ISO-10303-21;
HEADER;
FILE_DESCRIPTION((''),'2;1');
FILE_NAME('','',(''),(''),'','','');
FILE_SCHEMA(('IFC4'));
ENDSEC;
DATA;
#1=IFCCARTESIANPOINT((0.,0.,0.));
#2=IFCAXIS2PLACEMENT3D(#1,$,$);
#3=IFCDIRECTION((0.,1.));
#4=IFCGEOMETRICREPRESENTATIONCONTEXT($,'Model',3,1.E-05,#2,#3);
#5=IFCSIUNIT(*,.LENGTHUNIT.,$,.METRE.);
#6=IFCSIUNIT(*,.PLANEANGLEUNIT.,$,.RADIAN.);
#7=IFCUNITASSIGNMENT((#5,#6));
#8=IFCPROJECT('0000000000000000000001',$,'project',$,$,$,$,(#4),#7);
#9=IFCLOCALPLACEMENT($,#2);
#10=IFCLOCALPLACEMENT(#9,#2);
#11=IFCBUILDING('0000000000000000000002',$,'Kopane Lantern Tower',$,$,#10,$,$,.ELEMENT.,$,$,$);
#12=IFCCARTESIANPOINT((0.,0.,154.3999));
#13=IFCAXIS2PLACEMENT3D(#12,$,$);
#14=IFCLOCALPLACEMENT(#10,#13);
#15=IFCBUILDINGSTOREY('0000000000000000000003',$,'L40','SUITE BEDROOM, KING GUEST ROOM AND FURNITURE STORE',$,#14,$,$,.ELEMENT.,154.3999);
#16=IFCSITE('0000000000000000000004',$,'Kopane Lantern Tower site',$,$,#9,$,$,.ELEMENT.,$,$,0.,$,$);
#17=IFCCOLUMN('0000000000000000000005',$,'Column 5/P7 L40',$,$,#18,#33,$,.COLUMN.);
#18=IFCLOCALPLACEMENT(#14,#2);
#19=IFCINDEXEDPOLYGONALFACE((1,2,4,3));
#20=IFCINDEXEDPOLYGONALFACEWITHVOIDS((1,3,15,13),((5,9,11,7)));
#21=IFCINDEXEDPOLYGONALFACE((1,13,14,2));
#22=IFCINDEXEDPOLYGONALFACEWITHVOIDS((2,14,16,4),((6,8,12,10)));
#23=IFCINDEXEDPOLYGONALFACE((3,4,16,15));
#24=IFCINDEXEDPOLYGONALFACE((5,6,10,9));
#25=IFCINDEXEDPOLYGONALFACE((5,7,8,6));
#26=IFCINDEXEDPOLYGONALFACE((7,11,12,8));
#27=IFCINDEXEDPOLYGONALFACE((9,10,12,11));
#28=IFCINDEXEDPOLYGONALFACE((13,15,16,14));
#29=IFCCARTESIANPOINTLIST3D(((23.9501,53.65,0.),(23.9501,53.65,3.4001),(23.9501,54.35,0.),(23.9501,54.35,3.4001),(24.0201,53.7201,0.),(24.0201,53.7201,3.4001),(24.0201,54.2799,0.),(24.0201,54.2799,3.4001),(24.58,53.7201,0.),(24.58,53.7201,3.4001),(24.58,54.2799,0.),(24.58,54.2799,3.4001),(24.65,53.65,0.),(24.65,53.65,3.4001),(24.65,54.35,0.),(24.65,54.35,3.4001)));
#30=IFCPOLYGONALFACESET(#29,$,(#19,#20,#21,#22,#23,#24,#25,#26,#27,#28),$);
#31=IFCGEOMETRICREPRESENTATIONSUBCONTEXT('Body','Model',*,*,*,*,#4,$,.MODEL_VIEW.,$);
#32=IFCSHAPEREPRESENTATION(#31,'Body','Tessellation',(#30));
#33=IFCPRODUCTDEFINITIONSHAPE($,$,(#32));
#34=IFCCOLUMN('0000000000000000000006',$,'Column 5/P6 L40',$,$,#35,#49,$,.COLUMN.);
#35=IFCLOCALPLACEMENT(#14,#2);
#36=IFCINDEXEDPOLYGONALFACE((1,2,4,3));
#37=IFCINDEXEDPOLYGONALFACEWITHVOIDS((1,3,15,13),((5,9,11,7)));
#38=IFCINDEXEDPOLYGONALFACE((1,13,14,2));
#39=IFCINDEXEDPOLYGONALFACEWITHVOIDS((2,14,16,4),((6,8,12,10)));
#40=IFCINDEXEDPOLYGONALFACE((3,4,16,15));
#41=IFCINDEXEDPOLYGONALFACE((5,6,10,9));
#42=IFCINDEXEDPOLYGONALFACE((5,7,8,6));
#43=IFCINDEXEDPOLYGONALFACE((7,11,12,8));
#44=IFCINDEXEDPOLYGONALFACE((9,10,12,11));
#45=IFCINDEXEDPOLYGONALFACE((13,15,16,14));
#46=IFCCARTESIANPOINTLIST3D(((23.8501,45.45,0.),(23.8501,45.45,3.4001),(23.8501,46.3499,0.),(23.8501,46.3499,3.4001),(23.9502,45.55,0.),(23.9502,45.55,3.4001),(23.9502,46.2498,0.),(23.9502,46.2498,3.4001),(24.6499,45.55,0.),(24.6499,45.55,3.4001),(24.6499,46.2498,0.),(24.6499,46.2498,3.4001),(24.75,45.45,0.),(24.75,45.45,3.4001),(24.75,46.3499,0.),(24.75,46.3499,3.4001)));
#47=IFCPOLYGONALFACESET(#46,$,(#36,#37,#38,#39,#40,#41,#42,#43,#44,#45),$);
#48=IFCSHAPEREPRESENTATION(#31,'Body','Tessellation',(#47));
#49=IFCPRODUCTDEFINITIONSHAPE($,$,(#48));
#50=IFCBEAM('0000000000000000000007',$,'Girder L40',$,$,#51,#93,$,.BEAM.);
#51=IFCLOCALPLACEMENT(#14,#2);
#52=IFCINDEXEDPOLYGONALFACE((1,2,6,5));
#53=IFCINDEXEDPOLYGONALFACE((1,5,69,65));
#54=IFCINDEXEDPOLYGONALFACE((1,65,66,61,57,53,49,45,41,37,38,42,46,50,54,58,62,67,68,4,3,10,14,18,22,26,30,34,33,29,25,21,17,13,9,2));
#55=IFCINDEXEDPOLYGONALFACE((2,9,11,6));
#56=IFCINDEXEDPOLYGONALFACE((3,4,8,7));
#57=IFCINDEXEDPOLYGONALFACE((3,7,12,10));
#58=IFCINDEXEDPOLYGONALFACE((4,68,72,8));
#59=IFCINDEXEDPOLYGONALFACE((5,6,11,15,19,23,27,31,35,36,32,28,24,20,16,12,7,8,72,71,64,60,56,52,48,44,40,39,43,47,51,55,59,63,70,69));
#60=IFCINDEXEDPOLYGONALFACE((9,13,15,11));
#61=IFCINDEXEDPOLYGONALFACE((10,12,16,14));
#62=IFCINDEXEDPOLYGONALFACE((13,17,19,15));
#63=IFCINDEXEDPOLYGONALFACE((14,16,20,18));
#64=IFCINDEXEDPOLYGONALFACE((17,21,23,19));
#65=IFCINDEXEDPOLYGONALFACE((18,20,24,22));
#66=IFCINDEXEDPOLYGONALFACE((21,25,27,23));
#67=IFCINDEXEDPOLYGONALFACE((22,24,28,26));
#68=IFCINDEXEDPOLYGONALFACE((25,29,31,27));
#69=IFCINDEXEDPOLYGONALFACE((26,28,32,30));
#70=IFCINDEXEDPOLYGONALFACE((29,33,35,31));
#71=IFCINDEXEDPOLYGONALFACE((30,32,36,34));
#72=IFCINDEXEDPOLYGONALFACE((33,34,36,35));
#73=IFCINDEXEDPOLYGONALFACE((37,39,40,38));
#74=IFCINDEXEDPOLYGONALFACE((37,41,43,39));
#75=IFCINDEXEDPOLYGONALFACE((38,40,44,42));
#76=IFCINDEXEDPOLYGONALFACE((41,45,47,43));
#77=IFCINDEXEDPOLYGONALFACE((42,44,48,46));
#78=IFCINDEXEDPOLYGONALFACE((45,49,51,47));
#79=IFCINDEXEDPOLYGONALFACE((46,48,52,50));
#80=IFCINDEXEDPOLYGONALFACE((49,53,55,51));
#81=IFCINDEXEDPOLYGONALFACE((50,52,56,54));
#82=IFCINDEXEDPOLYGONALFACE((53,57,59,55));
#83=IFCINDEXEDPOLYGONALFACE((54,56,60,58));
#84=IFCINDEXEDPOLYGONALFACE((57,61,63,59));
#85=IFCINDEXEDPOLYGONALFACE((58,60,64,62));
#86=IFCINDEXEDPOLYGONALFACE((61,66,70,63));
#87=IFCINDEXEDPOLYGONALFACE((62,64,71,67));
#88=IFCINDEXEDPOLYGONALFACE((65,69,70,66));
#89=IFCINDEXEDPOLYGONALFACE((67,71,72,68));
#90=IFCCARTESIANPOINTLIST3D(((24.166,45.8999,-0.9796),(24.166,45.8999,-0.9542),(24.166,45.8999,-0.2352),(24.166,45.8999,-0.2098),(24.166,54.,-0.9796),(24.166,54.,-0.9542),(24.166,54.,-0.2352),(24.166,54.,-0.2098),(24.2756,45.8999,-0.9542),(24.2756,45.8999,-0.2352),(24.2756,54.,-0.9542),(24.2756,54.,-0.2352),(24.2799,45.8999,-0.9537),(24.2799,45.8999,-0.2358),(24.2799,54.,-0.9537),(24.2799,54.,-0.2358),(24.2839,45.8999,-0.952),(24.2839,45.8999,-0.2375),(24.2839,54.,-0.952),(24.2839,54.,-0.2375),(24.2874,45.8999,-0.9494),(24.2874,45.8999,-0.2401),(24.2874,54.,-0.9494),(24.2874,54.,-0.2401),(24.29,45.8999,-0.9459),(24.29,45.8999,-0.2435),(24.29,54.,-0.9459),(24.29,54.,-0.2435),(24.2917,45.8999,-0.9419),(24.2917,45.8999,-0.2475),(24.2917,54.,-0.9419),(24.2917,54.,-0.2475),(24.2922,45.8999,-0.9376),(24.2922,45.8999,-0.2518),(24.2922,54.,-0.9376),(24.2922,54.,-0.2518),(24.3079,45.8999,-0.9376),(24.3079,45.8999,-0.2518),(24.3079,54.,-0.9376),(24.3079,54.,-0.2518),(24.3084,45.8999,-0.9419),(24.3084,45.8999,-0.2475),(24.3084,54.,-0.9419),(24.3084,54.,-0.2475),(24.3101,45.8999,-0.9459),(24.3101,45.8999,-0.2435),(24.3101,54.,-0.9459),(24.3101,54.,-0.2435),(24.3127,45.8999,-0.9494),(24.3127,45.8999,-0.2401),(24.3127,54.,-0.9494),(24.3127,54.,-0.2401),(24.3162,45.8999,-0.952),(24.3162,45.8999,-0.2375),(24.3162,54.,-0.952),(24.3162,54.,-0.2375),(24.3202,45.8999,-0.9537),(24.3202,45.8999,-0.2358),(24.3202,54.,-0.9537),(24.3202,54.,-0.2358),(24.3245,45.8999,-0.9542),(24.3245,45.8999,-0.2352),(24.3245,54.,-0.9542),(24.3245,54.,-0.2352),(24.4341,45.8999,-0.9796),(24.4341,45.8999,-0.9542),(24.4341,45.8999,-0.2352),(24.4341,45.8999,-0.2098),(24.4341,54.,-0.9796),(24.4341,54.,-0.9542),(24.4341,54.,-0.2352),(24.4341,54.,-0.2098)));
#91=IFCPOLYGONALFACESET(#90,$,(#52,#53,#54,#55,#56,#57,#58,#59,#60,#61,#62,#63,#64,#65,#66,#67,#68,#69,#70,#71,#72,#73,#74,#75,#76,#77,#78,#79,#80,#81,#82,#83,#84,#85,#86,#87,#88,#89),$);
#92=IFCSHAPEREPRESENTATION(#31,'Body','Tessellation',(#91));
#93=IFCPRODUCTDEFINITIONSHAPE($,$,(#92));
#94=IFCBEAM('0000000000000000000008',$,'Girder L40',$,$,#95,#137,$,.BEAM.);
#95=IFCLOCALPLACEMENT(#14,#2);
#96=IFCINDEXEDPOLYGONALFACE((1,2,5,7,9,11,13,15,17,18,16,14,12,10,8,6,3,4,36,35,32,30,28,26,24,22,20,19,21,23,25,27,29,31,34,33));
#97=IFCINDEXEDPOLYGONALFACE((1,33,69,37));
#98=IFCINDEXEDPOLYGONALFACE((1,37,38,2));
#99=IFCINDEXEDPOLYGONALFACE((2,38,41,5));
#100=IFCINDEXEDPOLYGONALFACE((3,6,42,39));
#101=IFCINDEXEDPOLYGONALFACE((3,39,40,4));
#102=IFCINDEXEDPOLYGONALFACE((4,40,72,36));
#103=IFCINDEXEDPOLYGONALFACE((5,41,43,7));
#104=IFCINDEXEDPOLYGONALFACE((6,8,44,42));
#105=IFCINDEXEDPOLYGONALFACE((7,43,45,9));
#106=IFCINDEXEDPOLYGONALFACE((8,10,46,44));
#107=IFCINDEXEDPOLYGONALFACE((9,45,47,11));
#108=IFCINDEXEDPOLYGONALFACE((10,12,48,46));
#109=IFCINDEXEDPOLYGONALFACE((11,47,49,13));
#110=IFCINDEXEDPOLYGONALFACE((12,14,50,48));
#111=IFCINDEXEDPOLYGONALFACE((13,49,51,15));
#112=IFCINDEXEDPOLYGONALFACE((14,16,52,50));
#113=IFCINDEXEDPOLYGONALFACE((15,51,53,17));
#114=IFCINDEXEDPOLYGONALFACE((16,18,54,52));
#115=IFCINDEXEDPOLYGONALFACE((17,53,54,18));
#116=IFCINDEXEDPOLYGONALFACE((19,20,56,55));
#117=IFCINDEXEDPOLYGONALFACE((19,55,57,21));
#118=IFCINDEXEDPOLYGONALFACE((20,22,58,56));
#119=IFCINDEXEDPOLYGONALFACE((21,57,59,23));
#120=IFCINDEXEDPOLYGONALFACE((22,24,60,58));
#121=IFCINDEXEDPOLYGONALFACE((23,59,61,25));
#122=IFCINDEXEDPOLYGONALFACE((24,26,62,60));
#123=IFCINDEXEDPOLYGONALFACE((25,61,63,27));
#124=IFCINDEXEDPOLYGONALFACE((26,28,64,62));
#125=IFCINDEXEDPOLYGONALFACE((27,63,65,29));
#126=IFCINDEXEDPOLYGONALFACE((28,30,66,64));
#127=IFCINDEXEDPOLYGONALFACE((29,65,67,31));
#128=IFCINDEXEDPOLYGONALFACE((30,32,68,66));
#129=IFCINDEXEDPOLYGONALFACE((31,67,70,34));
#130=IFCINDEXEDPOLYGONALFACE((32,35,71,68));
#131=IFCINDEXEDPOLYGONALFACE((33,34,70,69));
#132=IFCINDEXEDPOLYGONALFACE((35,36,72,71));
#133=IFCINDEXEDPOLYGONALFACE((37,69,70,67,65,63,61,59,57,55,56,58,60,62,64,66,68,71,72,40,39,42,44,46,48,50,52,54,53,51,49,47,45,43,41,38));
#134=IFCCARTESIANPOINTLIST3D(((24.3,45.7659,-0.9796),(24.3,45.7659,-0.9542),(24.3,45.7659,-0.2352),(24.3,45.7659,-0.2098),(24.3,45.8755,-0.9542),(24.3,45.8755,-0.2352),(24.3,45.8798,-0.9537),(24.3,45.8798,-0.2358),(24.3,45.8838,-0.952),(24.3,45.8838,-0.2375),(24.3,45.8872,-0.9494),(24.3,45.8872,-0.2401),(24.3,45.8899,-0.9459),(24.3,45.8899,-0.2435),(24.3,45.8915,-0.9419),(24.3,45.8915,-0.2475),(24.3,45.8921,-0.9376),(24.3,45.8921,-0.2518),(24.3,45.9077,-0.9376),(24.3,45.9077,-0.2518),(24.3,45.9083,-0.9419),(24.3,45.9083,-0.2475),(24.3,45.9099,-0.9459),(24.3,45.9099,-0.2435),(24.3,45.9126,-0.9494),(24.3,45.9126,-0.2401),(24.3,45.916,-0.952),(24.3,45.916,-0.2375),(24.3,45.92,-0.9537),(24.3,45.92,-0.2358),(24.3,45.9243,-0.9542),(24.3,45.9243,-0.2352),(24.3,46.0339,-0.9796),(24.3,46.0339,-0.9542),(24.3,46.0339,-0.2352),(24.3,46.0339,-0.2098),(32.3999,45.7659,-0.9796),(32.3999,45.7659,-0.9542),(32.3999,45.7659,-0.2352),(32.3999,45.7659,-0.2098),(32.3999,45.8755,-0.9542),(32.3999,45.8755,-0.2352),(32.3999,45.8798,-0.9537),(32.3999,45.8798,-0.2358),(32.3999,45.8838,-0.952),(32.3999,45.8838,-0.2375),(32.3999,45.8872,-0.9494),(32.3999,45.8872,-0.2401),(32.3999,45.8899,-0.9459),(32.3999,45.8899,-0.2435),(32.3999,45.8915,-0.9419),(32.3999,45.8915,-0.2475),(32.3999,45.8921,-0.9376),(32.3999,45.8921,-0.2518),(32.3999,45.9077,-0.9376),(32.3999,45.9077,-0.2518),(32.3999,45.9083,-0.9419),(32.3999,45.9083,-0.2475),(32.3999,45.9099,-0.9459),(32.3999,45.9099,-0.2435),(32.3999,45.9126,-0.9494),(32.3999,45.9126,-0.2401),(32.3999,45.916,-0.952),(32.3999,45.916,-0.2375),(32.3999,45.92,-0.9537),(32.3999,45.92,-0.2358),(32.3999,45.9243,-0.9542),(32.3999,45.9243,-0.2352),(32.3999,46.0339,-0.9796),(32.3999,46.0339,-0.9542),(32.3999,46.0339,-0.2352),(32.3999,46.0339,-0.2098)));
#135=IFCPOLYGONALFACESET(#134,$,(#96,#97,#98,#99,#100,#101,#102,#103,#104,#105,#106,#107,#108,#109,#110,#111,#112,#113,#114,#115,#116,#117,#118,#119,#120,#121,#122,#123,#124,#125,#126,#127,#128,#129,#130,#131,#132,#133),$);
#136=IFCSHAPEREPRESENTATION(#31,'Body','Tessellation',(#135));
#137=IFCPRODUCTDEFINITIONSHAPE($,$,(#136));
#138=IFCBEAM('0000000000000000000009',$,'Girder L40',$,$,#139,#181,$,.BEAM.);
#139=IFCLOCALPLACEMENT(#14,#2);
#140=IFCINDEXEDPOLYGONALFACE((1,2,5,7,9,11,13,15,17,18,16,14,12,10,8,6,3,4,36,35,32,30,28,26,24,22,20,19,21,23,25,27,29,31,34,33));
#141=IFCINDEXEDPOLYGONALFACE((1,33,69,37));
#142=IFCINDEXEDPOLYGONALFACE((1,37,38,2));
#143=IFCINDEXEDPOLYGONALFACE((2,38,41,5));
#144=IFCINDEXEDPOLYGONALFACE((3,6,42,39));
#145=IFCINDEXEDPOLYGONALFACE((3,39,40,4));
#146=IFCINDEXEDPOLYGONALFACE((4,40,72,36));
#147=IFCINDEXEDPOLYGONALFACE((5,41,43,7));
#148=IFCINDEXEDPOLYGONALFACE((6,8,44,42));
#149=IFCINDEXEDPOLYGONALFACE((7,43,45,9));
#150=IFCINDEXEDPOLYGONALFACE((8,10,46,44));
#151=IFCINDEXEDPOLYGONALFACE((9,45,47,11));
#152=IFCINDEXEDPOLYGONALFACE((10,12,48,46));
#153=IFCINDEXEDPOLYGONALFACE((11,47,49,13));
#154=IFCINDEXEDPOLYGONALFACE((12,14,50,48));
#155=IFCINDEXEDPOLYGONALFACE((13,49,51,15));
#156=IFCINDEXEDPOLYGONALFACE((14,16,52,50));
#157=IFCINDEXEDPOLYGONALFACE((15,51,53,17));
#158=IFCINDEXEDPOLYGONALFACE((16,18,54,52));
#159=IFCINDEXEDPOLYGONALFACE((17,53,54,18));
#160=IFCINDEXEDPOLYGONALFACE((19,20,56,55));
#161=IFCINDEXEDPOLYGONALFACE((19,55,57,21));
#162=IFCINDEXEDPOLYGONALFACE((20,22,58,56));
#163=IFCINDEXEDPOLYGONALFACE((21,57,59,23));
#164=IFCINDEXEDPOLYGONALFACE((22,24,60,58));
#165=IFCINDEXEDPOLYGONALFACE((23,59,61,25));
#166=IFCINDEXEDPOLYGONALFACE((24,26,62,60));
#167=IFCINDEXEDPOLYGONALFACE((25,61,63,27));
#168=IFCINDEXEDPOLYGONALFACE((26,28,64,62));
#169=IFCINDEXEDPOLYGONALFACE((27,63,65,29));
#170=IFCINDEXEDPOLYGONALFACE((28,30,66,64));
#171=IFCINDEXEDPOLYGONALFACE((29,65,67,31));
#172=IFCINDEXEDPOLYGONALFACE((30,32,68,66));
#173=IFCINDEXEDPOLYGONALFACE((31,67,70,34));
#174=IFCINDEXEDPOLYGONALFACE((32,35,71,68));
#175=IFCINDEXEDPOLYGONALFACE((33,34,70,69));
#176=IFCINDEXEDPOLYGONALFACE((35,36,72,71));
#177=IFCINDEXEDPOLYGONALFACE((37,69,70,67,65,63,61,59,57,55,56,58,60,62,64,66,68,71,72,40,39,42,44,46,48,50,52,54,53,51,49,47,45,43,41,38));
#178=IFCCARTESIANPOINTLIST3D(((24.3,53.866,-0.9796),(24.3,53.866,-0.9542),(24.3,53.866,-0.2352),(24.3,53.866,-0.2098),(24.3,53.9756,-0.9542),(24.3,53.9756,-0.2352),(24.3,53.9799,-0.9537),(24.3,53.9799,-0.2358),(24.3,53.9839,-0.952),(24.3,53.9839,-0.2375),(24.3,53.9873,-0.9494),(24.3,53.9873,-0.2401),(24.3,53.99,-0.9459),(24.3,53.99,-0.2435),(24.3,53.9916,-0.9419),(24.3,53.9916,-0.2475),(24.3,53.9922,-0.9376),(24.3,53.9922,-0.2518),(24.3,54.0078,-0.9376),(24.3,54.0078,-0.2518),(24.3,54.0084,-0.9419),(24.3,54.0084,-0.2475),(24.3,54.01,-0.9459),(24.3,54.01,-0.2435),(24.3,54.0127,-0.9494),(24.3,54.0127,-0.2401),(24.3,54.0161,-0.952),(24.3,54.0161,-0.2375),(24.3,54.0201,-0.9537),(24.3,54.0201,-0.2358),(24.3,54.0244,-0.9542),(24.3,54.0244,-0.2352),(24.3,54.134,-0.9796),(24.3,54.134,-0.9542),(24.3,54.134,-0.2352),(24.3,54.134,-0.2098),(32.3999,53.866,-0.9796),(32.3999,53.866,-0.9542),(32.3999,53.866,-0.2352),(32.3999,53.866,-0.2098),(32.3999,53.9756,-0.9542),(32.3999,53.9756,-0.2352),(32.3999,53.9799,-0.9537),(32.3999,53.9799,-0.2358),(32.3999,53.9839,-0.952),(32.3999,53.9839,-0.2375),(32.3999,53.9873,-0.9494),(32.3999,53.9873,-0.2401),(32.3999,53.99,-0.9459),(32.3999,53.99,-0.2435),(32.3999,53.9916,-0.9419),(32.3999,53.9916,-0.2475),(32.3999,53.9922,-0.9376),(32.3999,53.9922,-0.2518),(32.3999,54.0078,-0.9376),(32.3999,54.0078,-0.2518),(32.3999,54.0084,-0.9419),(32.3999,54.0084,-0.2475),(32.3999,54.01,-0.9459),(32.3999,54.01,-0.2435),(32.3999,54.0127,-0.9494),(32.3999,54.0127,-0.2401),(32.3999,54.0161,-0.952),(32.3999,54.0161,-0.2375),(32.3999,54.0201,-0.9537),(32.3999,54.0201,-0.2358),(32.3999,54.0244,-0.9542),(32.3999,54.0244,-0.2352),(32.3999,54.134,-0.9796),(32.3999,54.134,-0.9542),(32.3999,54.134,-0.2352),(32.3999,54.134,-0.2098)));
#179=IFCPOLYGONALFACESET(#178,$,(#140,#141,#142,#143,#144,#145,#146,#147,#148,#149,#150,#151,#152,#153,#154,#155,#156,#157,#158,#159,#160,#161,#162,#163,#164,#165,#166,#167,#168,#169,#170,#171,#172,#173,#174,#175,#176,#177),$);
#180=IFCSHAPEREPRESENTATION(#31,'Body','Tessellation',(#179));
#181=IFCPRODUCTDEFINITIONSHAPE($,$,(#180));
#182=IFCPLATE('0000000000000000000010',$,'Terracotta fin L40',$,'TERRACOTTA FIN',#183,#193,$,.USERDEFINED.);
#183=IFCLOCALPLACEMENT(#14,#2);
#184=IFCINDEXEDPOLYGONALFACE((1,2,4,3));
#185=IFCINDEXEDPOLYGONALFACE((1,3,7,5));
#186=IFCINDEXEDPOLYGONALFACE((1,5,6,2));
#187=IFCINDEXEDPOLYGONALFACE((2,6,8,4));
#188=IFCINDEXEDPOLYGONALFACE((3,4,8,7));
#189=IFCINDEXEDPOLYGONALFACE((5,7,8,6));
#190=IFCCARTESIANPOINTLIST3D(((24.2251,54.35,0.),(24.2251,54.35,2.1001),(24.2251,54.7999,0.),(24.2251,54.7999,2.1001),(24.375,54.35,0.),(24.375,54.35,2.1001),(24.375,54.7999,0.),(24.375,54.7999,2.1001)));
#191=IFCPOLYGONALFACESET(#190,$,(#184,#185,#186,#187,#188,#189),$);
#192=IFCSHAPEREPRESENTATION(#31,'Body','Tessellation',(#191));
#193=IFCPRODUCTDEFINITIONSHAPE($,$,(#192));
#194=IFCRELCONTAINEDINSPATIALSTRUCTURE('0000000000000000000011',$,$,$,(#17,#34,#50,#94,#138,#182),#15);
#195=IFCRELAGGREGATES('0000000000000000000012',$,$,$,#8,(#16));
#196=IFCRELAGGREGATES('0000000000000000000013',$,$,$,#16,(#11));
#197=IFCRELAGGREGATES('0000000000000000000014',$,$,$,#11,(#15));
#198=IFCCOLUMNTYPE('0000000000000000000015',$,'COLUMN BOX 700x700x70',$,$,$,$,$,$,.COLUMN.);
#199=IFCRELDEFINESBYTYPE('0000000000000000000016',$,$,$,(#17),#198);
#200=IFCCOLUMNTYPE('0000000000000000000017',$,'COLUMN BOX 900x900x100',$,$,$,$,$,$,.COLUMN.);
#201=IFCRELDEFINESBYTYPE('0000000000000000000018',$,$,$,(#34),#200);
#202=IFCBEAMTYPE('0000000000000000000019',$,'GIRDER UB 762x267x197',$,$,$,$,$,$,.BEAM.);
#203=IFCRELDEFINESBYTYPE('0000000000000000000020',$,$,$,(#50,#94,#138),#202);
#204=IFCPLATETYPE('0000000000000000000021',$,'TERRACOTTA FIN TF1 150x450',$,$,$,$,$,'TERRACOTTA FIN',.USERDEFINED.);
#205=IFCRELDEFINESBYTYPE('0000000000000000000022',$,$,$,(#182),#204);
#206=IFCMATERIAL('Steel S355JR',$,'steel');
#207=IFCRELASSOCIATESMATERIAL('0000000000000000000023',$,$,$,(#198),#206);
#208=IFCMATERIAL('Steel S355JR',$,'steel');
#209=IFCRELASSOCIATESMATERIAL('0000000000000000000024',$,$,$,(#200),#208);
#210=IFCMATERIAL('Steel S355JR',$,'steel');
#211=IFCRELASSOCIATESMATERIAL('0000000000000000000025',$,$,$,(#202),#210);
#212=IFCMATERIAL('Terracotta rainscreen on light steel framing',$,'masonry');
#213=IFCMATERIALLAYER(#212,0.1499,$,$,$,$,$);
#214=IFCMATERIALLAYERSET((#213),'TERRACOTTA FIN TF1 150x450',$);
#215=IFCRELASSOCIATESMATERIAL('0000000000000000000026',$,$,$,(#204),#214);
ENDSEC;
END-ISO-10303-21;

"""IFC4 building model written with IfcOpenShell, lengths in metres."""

from ifc_helpers import new_model, si_unit, direction, frame, origin, origin_2d, place, context, subcontext, project, spatial, rectangle, hollow_rectangle, i_section, extrude, material, layer, layer_set, material_profile, profile_set, type_object, element, save


model = new_model("IFC4")

# Units and contexts
model_context = context("Model", 3, precision=1e-05, world=origin(), true_north=direction((0.0, 1.0)))
body_context = subcontext(model_context, "Body", "Model", "MODEL_VIEW")
ifc_project = project(units=[si_unit("LENGTHUNIT", "METRE"), si_unit("PLANEANGLEUNIT", "RADIAN")], contexts=[model_context])

# Site, building, storey
site_placement = place(None, origin())
site = spatial("IfcSite", under=ifc_project, at=site_placement, Name="Kopane Lantern Tower site", CompositionType="ELEMENT", RefElevation=0.0)
building_placement = place(site_placement, origin())
building = spatial("IfcBuilding", under=site, at=building_placement, Name="Kopane Lantern Tower", CompositionType="ELEMENT")
storey_placement = place(building_placement, frame((0.0, 0.0, 154.3999)))
storey = spatial("IfcBuildingStorey", under=building, at=storey_placement, Name="L40", Description="SUITE BEDROOM, KING GUEST ROOM AND FURNITURE STORE", CompositionType="ELEMENT", Elevation=154.3999)

# Columns
ifc_material_1 = material(Name="Steel S355JR", Category="steel")
ifc_material_profile_1 = material_profile(ifc_material_1, hollow_rectangle(XDim=0.7, YDim=0.7, WallThickness=0.0701, at=origin_2d()), Name="BOX 700x700x70")
ifc_profile_set_1 = profile_set([ifc_material_profile_1], Name="Steel S355JR")
column_type_1 = type_object("IfcColumnType", Name="COLUMN BOX 700x700x70", PredefinedType="COLUMN", material=ifc_profile_set_1)
column_1_placement = place(storey_placement, frame((24.3, 54.0, 0.0), z_axis=(0.0, 0.0, 1.0), x_axis=(1.0, 0.0, 0.0)))
element("IfcColumn", 1, at=column_1_placement, inside=storey, type_object=column_type_1, Name="Column 5/P7 L40", PredefinedType="COLUMN", context=body_context, shape_type="SweptSolid", body=[
    extrude(hollow_rectangle(XDim=0.7, YDim=0.7, WallThickness=0.0701, at=origin_2d()), origin(), (0.0, 0.0, 1.0), 3.4001),
])
ifc_material_2 = material(Name="Steel S355JR", Category="steel")
ifc_material_profile_2 = material_profile(ifc_material_2, hollow_rectangle(XDim=0.8999, YDim=0.8999, WallThickness=0.1001, at=origin_2d()), Name="BOX 900x900x100")
ifc_profile_set_2 = profile_set([ifc_material_profile_2], Name="Steel S355JR")
column_type_2 = type_object("IfcColumnType", Name="COLUMN BOX 900x900x100", PredefinedType="COLUMN", material=ifc_profile_set_2)
column_2_placement = place(storey_placement, frame((24.3, 45.8999, 0.0), z_axis=(0.0, 0.0, 1.0), x_axis=(1.0, 0.0, 0.0)))
element("IfcColumn", 2, at=column_2_placement, inside=storey, type_object=column_type_2, Name="Column 5/P6 L40", PredefinedType="COLUMN", context=body_context, shape_type="SweptSolid", body=[
    extrude(hollow_rectangle(XDim=0.8999, YDim=0.8999, WallThickness=0.1001, at=origin_2d()), origin(), (0.0, 0.0, 1.0), 3.4001),
])

# Beams
ifc_material_3 = material(Name="Steel S355JR", Category="steel")
ifc_material_profile_3 = material_profile(ifc_material_3, i_section(OverallWidth=0.2681, OverallDepth=0.7698, WebThickness=0.0156, FlangeThickness=0.0254, FilletRadius=0.0166, at=origin_2d()), Name="UB 762x267x197")
ifc_profile_set_3 = profile_set([ifc_material_profile_3], Name="Steel S355JR")
beam_type = type_object("IfcBeamType", Name="GIRDER UB 762x267x197", PredefinedType="BEAM", material=ifc_profile_set_3)
beam_placement = place(storey_placement, frame((24.3, 45.8999, -0.5947), z_axis=(0.0, 1.0, 0.0), x_axis=(-1.0, 0.0, 0.0)))
element("IfcBeam", 3, at=beam_placement, inside=storey, type_object=beam_type, Name="Girder L40", PredefinedType="BEAM", context=body_context, shape_type="SweptSolid", body=[
    extrude(i_section(OverallWidth=0.2681, OverallDepth=0.7698, WebThickness=0.0156, FlangeThickness=0.0254, FilletRadius=0.0166, at=origin_2d()), origin(), (0.0, 0.0, 1.0), 8.1001),
])
for number, where, z_axis, x_axis, name in (
    (4, (24.3, 45.8999, -0.5947), (1.0, 0.0, 0.0), (0.0, 1.0, 0.0), "Girder L40"),
    (5, (24.3, 54.0, -0.5947), (1.0, 0.0, 0.0), (0.0, 1.0, 0.0), "Girder L40"),
):
    element("IfcBeam", number, at=place(storey_placement, frame(where, z_axis=z_axis, x_axis=x_axis)), inside=storey, type_object=beam_type, Name=name, PredefinedType="BEAM", context=body_context, shape_type="SweptSolid", body=[
        extrude(i_section(OverallWidth=0.2681, OverallDepth=0.7698, WebThickness=0.0156, FlangeThickness=0.0254, FilletRadius=0.0166, at=origin_2d()), origin(), (0.0, 0.0, 1.0), 8.0999),
    ])

# Plate
ifc_material_4 = material(Name="Terracotta rainscreen on light steel framing", Category="masonry")
ifc_layer_1 = layer(ifc_material_4, 0.1499)
ifc_layer_set_1 = layer_set([ifc_layer_1], Name="TERRACOTTA FIN TF1 150x450")
plate_type = type_object("IfcPlateType", Name="TERRACOTTA FIN TF1 150x450", ElementType="TERRACOTTA FIN", PredefinedType="USERDEFINED", material=ifc_layer_set_1)
for number, where, z_axis, x_axis, name in (
    (6, (24.3, 54.575, 0.0), (0.0, 0.0, 1.0), (-1.0, 0.0, 0.0), "Terracotta fin L40"),
):
    element("IfcPlate", number, at=place(storey_placement, frame(where, z_axis=z_axis, x_axis=x_axis)), inside=storey, type_object=plate_type, Name=name, ObjectType="TERRACOTTA FIN", PredefinedType="USERDEFINED", context=body_context, shape_type="SweptSolid", body=[
        extrude(rectangle(XDim=0.1499, YDim=0.45, at=origin_2d()), origin(), (0.0, 0.0, 1.0), 2.1001),
    ])

save(model, "model.ifc")
